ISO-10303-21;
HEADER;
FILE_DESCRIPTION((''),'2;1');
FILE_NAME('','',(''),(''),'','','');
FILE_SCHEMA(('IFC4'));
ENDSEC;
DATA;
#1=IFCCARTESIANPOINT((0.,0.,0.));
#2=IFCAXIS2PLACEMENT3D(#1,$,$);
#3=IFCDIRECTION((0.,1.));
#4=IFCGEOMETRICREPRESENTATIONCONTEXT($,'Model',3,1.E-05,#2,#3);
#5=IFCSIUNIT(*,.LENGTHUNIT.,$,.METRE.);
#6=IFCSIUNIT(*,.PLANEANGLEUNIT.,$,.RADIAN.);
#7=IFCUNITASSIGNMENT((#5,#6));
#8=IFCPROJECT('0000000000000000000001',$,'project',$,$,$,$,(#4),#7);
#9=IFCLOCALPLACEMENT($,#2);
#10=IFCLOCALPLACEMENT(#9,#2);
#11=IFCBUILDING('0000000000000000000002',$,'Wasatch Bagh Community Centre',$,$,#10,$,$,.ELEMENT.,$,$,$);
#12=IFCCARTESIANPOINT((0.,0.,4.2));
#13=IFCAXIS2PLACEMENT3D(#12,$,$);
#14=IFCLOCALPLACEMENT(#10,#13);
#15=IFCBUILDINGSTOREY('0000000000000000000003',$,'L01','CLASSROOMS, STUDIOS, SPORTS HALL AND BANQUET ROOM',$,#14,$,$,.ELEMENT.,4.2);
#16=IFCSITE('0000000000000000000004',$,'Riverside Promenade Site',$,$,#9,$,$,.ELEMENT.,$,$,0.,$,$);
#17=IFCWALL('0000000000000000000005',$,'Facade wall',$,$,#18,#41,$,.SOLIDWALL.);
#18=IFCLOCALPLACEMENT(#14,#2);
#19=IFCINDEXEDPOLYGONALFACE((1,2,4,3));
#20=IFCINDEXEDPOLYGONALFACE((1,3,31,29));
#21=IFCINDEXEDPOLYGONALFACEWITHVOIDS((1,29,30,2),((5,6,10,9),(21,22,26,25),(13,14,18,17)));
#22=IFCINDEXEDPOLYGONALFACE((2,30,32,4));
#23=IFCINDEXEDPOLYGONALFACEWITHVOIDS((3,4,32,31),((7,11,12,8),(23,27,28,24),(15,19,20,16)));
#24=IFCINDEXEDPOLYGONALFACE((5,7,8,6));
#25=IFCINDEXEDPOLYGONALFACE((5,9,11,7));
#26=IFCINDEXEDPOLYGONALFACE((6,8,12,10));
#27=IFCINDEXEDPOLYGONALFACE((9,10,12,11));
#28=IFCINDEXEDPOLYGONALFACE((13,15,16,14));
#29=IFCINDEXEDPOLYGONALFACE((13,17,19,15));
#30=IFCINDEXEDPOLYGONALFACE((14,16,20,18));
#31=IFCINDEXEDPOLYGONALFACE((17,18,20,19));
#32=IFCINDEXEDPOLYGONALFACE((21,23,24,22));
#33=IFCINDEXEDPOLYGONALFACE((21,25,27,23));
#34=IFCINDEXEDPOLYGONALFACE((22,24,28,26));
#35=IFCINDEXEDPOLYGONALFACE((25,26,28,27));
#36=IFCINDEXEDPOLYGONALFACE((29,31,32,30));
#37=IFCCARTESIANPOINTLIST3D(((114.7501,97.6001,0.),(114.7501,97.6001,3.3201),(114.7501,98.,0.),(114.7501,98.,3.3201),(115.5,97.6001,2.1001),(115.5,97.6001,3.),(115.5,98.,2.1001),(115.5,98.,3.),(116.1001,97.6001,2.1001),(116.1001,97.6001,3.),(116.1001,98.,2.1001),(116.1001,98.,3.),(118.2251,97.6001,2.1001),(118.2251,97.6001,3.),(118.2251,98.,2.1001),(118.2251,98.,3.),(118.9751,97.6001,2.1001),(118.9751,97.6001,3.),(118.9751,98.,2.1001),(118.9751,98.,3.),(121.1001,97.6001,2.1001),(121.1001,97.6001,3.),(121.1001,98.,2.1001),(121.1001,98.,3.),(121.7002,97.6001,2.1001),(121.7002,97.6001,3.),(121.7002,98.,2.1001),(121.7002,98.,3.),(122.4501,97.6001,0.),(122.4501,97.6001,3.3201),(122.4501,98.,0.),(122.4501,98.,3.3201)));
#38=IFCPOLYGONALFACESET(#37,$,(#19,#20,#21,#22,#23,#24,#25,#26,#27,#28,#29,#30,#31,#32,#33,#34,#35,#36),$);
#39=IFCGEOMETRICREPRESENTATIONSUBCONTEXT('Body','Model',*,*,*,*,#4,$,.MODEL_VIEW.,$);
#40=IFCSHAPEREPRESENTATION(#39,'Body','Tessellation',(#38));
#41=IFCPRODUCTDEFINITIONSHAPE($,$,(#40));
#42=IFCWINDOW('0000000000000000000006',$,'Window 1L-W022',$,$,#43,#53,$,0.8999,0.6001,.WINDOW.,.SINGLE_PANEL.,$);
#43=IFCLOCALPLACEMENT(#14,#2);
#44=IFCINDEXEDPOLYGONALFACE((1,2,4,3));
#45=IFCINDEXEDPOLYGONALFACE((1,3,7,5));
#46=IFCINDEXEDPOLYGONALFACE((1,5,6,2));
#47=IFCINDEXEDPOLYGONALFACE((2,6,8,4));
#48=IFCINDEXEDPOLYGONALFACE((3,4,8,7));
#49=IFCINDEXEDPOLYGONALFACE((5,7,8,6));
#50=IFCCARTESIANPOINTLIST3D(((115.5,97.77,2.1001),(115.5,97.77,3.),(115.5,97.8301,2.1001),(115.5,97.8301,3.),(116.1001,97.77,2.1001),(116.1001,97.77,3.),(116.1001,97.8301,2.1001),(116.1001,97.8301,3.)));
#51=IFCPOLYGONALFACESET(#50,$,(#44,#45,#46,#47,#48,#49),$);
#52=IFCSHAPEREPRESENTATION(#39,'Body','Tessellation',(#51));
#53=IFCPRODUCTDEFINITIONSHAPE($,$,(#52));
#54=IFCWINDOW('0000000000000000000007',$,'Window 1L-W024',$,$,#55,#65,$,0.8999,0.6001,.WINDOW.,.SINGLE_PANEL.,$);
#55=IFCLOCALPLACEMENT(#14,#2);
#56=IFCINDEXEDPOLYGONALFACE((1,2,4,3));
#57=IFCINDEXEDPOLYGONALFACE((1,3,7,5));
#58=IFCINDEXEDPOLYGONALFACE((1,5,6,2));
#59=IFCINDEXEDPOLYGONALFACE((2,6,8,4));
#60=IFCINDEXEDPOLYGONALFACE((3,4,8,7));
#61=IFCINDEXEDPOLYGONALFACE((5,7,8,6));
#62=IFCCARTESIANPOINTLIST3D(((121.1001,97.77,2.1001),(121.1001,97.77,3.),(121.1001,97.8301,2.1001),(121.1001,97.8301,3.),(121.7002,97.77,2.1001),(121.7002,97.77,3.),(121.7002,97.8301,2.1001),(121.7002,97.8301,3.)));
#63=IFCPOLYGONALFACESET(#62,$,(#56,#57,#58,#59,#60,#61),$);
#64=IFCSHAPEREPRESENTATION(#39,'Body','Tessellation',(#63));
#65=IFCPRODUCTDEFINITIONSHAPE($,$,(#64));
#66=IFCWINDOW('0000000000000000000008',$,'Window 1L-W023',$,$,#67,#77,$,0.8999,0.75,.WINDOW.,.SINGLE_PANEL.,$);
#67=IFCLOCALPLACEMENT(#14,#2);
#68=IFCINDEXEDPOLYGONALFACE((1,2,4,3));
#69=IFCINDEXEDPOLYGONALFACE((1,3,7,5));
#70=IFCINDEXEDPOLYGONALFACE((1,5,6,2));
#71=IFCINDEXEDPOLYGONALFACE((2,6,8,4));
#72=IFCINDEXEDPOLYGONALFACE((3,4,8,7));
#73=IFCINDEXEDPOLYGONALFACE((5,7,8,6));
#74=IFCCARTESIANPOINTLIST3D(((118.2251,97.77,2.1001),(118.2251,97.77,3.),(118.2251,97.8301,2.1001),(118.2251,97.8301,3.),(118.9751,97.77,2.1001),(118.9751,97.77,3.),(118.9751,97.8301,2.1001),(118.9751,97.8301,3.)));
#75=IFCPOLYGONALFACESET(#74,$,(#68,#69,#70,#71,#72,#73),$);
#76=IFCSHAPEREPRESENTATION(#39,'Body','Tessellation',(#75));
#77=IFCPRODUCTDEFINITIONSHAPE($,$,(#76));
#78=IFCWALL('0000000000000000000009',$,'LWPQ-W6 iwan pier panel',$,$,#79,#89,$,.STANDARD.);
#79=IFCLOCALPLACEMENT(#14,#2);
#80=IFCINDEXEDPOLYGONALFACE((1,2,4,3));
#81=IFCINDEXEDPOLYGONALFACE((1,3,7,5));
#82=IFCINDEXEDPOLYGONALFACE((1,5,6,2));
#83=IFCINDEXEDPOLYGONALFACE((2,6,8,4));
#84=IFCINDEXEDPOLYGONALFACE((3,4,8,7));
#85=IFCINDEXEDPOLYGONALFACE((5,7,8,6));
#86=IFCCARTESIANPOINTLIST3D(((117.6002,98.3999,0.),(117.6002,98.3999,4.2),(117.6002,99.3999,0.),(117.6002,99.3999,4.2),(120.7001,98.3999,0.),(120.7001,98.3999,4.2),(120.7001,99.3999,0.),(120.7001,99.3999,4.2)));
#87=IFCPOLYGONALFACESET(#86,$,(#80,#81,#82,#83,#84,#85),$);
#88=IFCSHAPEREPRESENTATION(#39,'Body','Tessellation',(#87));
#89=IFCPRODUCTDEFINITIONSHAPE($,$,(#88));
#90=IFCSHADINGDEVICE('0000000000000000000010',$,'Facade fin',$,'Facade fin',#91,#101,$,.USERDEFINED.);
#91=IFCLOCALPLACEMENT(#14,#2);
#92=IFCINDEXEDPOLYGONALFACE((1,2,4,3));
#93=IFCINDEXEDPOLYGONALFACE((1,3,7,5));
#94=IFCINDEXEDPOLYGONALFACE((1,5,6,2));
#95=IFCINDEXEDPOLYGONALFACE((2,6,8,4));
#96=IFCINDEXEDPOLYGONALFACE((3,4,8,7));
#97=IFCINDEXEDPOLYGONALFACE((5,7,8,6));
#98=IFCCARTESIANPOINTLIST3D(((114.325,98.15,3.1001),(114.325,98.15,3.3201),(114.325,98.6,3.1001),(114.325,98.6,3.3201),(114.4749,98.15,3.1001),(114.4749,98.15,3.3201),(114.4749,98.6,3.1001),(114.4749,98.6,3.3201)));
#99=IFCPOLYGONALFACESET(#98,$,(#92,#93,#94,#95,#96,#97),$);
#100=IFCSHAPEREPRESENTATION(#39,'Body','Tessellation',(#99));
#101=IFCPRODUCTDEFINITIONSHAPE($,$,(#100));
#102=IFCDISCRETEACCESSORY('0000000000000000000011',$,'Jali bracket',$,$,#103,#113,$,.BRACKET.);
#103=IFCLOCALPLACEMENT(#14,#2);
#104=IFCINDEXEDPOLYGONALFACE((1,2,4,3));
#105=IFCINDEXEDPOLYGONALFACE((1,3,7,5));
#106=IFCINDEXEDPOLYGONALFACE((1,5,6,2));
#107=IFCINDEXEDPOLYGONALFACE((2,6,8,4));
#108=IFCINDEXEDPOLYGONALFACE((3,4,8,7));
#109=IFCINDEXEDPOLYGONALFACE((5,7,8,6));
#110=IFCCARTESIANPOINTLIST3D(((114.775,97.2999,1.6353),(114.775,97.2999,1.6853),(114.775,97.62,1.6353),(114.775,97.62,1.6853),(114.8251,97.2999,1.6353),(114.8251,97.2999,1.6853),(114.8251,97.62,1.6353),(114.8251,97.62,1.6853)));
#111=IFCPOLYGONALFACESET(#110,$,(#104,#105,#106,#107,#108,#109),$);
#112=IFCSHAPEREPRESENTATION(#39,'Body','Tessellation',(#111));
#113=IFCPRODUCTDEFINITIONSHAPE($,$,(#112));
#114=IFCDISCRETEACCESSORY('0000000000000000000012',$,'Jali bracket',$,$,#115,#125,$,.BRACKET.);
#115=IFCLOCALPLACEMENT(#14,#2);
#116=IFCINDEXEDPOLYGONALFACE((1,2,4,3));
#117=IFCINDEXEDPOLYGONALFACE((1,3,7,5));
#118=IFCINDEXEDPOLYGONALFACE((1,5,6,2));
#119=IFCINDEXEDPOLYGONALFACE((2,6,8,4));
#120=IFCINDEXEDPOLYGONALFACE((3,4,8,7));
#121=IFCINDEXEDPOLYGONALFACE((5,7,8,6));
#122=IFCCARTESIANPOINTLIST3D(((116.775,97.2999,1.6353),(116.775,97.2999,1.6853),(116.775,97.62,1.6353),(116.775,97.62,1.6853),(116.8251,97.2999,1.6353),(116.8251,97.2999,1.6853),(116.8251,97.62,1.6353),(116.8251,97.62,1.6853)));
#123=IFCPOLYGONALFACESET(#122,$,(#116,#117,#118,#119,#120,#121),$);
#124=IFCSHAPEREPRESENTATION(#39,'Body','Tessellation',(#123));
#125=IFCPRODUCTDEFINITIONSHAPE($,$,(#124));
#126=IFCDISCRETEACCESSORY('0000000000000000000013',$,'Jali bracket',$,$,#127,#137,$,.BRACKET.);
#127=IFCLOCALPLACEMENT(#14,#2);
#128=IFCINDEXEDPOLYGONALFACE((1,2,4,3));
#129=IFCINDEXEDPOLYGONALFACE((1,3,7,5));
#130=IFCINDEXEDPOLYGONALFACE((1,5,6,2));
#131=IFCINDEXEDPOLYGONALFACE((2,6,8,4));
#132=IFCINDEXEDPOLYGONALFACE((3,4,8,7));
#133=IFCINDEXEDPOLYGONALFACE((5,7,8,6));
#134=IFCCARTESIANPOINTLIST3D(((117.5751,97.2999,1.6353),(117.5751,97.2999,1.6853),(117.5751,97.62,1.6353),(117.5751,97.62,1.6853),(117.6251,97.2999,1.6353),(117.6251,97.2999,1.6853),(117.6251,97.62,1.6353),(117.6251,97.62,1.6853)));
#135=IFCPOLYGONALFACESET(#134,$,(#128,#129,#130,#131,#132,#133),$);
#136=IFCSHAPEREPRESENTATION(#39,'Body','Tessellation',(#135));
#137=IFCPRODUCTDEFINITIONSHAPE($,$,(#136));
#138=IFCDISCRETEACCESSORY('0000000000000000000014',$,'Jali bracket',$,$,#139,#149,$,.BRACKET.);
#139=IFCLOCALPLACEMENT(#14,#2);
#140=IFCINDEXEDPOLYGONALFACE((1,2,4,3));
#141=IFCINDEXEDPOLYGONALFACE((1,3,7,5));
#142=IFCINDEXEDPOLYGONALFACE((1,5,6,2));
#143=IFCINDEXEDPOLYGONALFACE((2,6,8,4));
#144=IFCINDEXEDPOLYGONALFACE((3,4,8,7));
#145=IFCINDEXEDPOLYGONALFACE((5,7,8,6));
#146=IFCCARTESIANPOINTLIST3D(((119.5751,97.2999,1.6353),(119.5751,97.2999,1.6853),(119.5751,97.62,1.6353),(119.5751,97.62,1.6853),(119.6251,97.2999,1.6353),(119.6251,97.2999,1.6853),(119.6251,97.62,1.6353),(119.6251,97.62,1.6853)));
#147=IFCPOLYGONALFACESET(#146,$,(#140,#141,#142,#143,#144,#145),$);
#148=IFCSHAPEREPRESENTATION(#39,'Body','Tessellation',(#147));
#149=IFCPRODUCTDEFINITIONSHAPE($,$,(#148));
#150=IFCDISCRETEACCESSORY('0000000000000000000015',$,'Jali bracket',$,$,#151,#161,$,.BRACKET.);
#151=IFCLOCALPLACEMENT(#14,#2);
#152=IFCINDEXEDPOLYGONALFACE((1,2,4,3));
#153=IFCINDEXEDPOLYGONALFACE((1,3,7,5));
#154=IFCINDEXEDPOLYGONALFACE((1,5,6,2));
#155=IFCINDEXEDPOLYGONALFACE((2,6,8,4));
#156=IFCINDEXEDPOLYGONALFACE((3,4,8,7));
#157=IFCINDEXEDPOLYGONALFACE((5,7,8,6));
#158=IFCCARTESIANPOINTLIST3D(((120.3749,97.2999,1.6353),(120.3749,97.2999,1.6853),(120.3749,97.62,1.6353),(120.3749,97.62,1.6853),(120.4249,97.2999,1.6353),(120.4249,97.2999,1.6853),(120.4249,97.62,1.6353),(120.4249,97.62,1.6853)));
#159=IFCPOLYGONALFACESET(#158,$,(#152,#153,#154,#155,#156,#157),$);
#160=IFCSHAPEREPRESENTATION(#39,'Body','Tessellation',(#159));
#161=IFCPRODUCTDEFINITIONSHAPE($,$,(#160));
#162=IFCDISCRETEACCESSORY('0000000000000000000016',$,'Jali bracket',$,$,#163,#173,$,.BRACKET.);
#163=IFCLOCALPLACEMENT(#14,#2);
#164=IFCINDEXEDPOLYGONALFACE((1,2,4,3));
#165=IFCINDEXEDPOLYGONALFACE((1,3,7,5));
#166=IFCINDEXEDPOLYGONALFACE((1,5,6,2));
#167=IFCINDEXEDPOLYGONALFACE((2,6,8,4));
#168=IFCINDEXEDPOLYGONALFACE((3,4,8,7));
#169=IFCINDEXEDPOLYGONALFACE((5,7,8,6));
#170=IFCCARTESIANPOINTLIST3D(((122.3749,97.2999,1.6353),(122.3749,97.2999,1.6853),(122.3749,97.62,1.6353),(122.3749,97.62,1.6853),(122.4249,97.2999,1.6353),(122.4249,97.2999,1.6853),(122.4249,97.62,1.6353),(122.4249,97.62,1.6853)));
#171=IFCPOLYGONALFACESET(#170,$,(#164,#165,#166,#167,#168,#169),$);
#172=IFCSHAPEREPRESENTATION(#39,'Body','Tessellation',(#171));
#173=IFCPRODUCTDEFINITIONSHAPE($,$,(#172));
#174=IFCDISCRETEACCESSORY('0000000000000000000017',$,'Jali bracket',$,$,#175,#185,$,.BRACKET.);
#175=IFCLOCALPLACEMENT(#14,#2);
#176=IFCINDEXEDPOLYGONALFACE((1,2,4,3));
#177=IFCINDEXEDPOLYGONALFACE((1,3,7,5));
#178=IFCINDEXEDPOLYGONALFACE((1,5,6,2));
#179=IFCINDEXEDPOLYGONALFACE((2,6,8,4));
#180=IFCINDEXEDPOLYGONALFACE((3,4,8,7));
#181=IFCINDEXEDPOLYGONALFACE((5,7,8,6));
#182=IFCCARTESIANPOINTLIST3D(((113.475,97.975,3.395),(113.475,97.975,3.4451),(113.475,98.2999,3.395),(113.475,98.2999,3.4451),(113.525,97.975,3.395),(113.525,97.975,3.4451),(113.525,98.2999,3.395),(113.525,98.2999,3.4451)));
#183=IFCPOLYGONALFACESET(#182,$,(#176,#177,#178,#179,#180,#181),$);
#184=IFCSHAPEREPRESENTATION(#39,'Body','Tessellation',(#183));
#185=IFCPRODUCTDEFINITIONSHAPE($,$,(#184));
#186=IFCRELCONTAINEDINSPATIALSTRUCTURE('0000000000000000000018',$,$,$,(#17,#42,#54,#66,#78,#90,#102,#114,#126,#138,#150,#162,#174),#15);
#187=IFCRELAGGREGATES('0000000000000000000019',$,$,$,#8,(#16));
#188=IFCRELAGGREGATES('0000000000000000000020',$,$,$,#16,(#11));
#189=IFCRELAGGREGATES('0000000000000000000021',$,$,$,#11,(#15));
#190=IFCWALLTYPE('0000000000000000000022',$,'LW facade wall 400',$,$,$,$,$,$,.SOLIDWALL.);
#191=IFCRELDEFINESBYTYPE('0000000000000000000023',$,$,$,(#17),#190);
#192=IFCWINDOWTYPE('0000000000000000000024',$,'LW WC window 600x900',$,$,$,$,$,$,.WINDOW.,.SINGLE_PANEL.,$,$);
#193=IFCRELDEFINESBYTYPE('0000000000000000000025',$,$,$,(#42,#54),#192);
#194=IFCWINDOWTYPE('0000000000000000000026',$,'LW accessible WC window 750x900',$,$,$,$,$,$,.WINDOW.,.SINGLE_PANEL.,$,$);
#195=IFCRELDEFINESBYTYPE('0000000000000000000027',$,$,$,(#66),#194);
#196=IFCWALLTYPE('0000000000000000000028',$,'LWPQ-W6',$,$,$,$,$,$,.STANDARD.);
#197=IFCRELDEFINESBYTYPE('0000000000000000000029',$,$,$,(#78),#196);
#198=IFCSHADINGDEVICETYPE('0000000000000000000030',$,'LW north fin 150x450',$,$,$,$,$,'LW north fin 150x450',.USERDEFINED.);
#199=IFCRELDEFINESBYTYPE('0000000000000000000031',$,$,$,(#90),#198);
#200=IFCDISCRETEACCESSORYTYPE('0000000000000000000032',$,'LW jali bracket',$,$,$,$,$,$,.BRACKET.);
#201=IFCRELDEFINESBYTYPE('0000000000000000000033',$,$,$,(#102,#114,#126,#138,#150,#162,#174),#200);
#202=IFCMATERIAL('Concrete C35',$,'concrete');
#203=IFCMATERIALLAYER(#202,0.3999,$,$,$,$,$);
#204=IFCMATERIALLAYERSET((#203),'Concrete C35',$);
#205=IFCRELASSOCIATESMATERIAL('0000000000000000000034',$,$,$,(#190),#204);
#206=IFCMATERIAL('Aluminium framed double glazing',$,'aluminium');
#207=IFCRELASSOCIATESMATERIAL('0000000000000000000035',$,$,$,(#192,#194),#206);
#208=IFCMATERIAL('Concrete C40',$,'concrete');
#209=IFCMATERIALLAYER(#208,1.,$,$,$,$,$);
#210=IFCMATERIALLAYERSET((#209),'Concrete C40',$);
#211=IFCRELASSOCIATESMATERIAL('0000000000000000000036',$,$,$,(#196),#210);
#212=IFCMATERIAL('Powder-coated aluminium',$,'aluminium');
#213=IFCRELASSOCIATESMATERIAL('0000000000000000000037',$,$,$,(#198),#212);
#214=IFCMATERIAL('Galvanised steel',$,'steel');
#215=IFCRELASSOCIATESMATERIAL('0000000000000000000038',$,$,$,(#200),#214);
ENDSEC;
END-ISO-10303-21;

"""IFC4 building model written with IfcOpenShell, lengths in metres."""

from ifc_helpers import new_model, si_unit, direction, frame, frame_2d, origin, origin_2d, place, context, subcontext, project, spatial, rectangle, extrude, material, layer, layer_set, type_object, element, fill, save


model = new_model("IFC4")

# Units and contexts
model_context = context("Model", 3, precision=1e-05, world=origin(), true_north=direction((0.0, 1.0)))
body_context = subcontext(model_context, "Body", "Model", "MODEL_VIEW")
ifc_project = project(units=[si_unit("LENGTHUNIT", "METRE"), si_unit("PLANEANGLEUNIT", "RADIAN")], contexts=[model_context])

# Site, building, storey
site_placement = place(None, origin())
site = spatial("IfcSite", under=ifc_project, at=site_placement, Name="Riverside Promenade Site", CompositionType="ELEMENT", RefElevation=0.0)
building_placement = place(site_placement, origin())
building = spatial("IfcBuilding", under=site, at=building_placement, Name="Wasatch Bagh Community Centre", CompositionType="ELEMENT")
storey_placement = place(building_placement, frame((0.0, 0.0, 4.2)))
storey = spatial("IfcBuildingStorey", under=building, at=storey_placement, Name="L01", Description="CLASSROOMS, STUDIOS, SPORTS HALL AND BANQUET ROOM", CompositionType="ELEMENT", Elevation=4.2)

# Shared definitions
ifc_material_1 = material(Name="Concrete C40", Category="concrete")

# Shared definitions
ifc_material_2 = material(Name="Concrete C35", Category="concrete")

# Wall, openings, windows
ifc_layer_1 = layer(ifc_material_2, 0.3999)
ifc_layer_set_1 = layer_set([ifc_layer_1], Name="Concrete C35")
wall_type_1 = type_object("IfcWallType", Name="LW facade wall 400", PredefinedType="SOLIDWALL", material=ifc_layer_set_1)
wall_1_placement = place(storey_placement, frame((114.75, 97.8, 0.0), z_axis=(0.0, 0.0, 1.0), x_axis=(1.0, 0.0, 0.0)))
wall_1 = element("IfcWall", 1, at=wall_1_placement, inside=storey, type_object=wall_type_1, Name="Facade wall", PredefinedType="SOLIDWALL", context=body_context, shape_type="SweptSolid", body=[
    extrude(rectangle(XDim=7.7, YDim=0.3999, at=frame_2d((3.8501, 0.0))), origin(), (0.0, 0.0, 1.0), 3.3201),
])
opening_1_placement = place(wall_1_placement, frame((0.75, 0.0, 2.1001)))
opening_1 = element("IfcOpeningElement", 2, at=opening_1_placement, cuts=wall_1, PredefinedType="OPENING", context=body_context, shape_type="SweptSolid", body=[
    extrude(rectangle(XDim=0.6001, YDim=0.8999, at=frame_2d((0.3, 0.45))), frame((0.0, 0.21, 0.0), z_axis=(0.0, -1.0, 0.0), x_axis=(1.0, 0.0, 0.0)), (0.0, 0.0, 1.0), 0.4199),
])
opening_2_placement = place(wall_1_placement, frame((3.4751, 0.0, 2.1001)))
opening_2 = element("IfcOpeningElement", 3, at=opening_2_placement, cuts=wall_1, PredefinedType="OPENING", context=body_context, shape_type="SweptSolid", body=[
    extrude(rectangle(XDim=0.75, YDim=0.8999, at=frame_2d((0.375, 0.45))), frame((0.0, 0.21, 0.0), z_axis=(0.0, -1.0, 0.0), x_axis=(1.0, 0.0, 0.0)), (0.0, 0.0, 1.0), 0.4199),
])
opening_3_placement = place(wall_1_placement, frame((6.3501, 0.0, 2.1001)))
opening_3 = element("IfcOpeningElement", 4, at=opening_3_placement, cuts=wall_1, PredefinedType="OPENING", context=body_context, shape_type="SweptSolid", body=[
    extrude(rectangle(XDim=0.6001, YDim=0.8999, at=frame_2d((0.3, 0.45))), frame((0.0, 0.21, 0.0), z_axis=(0.0, -1.0, 0.0), x_axis=(1.0, 0.0, 0.0)), (0.0, 0.0, 1.0), 0.4199),
])
ifc_material_3 = material(Name="Aluminium framed double glazing", Category="aluminium")
window_type_1 = type_object("IfcWindowType", Name="LW WC window 600x900", PartitioningType="SINGLE_PANEL", PredefinedType="WINDOW", material=ifc_material_3)
window_1_placement = place(opening_1_placement, origin())
window_1 = element("IfcWindow", 5, at=window_1_placement, inside=storey, type_object=window_type_1, Name="Window 1L-W022", OverallHeight=0.8999, OverallWidth=0.6001, PartitioningType="SINGLE_PANEL", PredefinedType="WINDOW", context=body_context, shape_type="SweptSolid", body=[
    extrude(rectangle(XDim=0.6001, YDim=0.8999, at=frame_2d((0.3, 0.45))), frame((0.0, 0.03, 0.0), z_axis=(0.0, -1.0, 0.0), x_axis=(1.0, 0.0, 0.0)), (0.0, 0.0, 1.0), 0.0601),
])
fill(opening_1, window_1)
window_2_placement = place(opening_3_placement, origin())
window_2 = element("IfcWindow", 6, at=window_2_placement, inside=storey, type_object=window_type_1, Name="Window 1L-W024", OverallHeight=0.8999, OverallWidth=0.6001, PartitioningType="SINGLE_PANEL", PredefinedType="WINDOW", context=body_context, shape_type="SweptSolid", body=[
    extrude(rectangle(XDim=0.6001, YDim=0.8999, at=frame_2d((0.3, 0.45))), frame((0.0, 0.03, 0.0), z_axis=(0.0, -1.0, 0.0), x_axis=(1.0, 0.0, 0.0)), (0.0, 0.0, 1.0), 0.0601),
])
fill(opening_3, window_2)
window_type_2 = type_object("IfcWindowType", Name="LW accessible WC window 750x900", PartitioningType="SINGLE_PANEL", PredefinedType="WINDOW", material=ifc_material_3)
window_3_placement = place(opening_2_placement, origin())
window_3 = element("IfcWindow", 7, at=window_3_placement, inside=storey, type_object=window_type_2, Name="Window 1L-W023", OverallHeight=0.8999, OverallWidth=0.75, PartitioningType="SINGLE_PANEL", PredefinedType="WINDOW", context=body_context, shape_type="SweptSolid", body=[
    extrude(rectangle(XDim=0.75, YDim=0.8999, at=frame_2d((0.375, 0.45))), frame((0.0, 0.03, 0.0), z_axis=(0.0, -1.0, 0.0), x_axis=(1.0, 0.0, 0.0)), (0.0, 0.0, 1.0), 0.0601),
])
fill(opening_2, window_3)

# Wall
ifc_layer_2 = layer(ifc_material_1, 1.0)
ifc_layer_set_2 = layer_set([ifc_layer_2], Name="Concrete C40")
wall_type_2 = type_object("IfcWallType", Name="LWPQ-W6", PredefinedType="STANDARD", material=ifc_layer_set_2)
wall_2_placement = place(storey_placement, frame((120.7, 98.8999, 0.0), z_axis=(0.0, 0.0, 1.0), x_axis=(-1.0, 0.0, 0.0)))
element("IfcWall", 8, at=wall_2_placement, inside=storey, type_object=wall_type_2, Name="LWPQ-W6 iwan pier panel", PredefinedType="STANDARD", context=body_context, shape_type="SweptSolid", body=[
    extrude(rectangle(XDim=3.0999, YDim=1.0, at=frame_2d((1.5498, 0.0))), origin(), (0.0, 0.0, 1.0), 4.2),
])

# Shading device
ifc_material_4 = material(Name="Powder-coated aluminium", Category="aluminium")
shading_device_type = type_object("IfcShadingDeviceType", Name="LW north fin 150x450", ElementType="LW north fin 150x450", PredefinedType="USERDEFINED", material=ifc_material_4)
shading_device_placement = place(storey_placement, frame((114.3999, 98.375, 3.1001), z_axis=(0.0, 0.0, 1.0), x_axis=(1.0, 0.0, 0.0)))
element("IfcShadingDevice", 9, at=shading_device_placement, inside=storey, type_object=shading_device_type, Name="Facade fin", ObjectType="Facade fin", PredefinedType="USERDEFINED", context=body_context, shape_type="SweptSolid", body=[
    extrude(rectangle(XDim=0.1499, YDim=0.45, at=origin_2d()), origin(), (0.0, 0.0, 1.0), 0.22),
])

# Discrete accessories
ifc_material_5 = material(Name="Galvanised steel", Category="steel")
discrete_accessory_type = type_object("IfcDiscreteAccessoryType", Name="LW jali bracket", PredefinedType="BRACKET", material=ifc_material_5)
for number, where, z_axis, x_axis, name in (
    (10, (114.8, 97.46, 1.6353), (0.0, 0.0, 1.0), (1.0, 0.0, 0.0), "Jali bracket"),
    (11, (116.8, 97.46, 1.6353), (0.0, 0.0, 1.0), (1.0, 0.0, 0.0), "Jali bracket"),
    (12, (117.6001, 97.46, 1.6353), (0.0, 0.0, 1.0), (1.0, 0.0, 0.0), "Jali bracket"),
    (13, (119.6001, 97.46, 1.6353), (0.0, 0.0, 1.0), (1.0, 0.0, 0.0), "Jali bracket"),
    (14, (120.3999, 97.46, 1.6353), (0.0, 0.0, 1.0), (1.0, 0.0, 0.0), "Jali bracket"),
    (15, (122.3999, 97.46, 1.6353), (0.0, 0.0, 1.0), (1.0, 0.0, 0.0), "Jali bracket"),
):
    element("IfcDiscreteAccessory", number, at=place(storey_placement, frame(where, z_axis=z_axis, x_axis=x_axis)), inside=storey, type_object=discrete_accessory_type, Name=name, PredefinedType="BRACKET", context=body_context, shape_type="SweptSolid", body=[
        extrude(rectangle(XDim=0.05, YDim=0.3201, at=origin_2d()), origin(), (0.0, 0.0, 1.0), 0.05),
    ])
for number, where, z_axis, x_axis, name in (
    (16, (113.5, 98.1375, 3.395), (0.0, 0.0, 1.0), (1.0, 0.0, 0.0), "Jali bracket"),
):
    element("IfcDiscreteAccessory", number, at=place(storey_placement, frame(where, z_axis=z_axis, x_axis=x_axis)), inside=storey, type_object=discrete_accessory_type, Name=name, PredefinedType="BRACKET", context=body_context, shape_type="SweptSolid", body=[
        extrude(rectangle(XDim=0.05, YDim=0.325, at=origin_2d()), origin(), (0.0, 0.0, 1.0), 0.05),
    ])

save(model, "model.ifc")
